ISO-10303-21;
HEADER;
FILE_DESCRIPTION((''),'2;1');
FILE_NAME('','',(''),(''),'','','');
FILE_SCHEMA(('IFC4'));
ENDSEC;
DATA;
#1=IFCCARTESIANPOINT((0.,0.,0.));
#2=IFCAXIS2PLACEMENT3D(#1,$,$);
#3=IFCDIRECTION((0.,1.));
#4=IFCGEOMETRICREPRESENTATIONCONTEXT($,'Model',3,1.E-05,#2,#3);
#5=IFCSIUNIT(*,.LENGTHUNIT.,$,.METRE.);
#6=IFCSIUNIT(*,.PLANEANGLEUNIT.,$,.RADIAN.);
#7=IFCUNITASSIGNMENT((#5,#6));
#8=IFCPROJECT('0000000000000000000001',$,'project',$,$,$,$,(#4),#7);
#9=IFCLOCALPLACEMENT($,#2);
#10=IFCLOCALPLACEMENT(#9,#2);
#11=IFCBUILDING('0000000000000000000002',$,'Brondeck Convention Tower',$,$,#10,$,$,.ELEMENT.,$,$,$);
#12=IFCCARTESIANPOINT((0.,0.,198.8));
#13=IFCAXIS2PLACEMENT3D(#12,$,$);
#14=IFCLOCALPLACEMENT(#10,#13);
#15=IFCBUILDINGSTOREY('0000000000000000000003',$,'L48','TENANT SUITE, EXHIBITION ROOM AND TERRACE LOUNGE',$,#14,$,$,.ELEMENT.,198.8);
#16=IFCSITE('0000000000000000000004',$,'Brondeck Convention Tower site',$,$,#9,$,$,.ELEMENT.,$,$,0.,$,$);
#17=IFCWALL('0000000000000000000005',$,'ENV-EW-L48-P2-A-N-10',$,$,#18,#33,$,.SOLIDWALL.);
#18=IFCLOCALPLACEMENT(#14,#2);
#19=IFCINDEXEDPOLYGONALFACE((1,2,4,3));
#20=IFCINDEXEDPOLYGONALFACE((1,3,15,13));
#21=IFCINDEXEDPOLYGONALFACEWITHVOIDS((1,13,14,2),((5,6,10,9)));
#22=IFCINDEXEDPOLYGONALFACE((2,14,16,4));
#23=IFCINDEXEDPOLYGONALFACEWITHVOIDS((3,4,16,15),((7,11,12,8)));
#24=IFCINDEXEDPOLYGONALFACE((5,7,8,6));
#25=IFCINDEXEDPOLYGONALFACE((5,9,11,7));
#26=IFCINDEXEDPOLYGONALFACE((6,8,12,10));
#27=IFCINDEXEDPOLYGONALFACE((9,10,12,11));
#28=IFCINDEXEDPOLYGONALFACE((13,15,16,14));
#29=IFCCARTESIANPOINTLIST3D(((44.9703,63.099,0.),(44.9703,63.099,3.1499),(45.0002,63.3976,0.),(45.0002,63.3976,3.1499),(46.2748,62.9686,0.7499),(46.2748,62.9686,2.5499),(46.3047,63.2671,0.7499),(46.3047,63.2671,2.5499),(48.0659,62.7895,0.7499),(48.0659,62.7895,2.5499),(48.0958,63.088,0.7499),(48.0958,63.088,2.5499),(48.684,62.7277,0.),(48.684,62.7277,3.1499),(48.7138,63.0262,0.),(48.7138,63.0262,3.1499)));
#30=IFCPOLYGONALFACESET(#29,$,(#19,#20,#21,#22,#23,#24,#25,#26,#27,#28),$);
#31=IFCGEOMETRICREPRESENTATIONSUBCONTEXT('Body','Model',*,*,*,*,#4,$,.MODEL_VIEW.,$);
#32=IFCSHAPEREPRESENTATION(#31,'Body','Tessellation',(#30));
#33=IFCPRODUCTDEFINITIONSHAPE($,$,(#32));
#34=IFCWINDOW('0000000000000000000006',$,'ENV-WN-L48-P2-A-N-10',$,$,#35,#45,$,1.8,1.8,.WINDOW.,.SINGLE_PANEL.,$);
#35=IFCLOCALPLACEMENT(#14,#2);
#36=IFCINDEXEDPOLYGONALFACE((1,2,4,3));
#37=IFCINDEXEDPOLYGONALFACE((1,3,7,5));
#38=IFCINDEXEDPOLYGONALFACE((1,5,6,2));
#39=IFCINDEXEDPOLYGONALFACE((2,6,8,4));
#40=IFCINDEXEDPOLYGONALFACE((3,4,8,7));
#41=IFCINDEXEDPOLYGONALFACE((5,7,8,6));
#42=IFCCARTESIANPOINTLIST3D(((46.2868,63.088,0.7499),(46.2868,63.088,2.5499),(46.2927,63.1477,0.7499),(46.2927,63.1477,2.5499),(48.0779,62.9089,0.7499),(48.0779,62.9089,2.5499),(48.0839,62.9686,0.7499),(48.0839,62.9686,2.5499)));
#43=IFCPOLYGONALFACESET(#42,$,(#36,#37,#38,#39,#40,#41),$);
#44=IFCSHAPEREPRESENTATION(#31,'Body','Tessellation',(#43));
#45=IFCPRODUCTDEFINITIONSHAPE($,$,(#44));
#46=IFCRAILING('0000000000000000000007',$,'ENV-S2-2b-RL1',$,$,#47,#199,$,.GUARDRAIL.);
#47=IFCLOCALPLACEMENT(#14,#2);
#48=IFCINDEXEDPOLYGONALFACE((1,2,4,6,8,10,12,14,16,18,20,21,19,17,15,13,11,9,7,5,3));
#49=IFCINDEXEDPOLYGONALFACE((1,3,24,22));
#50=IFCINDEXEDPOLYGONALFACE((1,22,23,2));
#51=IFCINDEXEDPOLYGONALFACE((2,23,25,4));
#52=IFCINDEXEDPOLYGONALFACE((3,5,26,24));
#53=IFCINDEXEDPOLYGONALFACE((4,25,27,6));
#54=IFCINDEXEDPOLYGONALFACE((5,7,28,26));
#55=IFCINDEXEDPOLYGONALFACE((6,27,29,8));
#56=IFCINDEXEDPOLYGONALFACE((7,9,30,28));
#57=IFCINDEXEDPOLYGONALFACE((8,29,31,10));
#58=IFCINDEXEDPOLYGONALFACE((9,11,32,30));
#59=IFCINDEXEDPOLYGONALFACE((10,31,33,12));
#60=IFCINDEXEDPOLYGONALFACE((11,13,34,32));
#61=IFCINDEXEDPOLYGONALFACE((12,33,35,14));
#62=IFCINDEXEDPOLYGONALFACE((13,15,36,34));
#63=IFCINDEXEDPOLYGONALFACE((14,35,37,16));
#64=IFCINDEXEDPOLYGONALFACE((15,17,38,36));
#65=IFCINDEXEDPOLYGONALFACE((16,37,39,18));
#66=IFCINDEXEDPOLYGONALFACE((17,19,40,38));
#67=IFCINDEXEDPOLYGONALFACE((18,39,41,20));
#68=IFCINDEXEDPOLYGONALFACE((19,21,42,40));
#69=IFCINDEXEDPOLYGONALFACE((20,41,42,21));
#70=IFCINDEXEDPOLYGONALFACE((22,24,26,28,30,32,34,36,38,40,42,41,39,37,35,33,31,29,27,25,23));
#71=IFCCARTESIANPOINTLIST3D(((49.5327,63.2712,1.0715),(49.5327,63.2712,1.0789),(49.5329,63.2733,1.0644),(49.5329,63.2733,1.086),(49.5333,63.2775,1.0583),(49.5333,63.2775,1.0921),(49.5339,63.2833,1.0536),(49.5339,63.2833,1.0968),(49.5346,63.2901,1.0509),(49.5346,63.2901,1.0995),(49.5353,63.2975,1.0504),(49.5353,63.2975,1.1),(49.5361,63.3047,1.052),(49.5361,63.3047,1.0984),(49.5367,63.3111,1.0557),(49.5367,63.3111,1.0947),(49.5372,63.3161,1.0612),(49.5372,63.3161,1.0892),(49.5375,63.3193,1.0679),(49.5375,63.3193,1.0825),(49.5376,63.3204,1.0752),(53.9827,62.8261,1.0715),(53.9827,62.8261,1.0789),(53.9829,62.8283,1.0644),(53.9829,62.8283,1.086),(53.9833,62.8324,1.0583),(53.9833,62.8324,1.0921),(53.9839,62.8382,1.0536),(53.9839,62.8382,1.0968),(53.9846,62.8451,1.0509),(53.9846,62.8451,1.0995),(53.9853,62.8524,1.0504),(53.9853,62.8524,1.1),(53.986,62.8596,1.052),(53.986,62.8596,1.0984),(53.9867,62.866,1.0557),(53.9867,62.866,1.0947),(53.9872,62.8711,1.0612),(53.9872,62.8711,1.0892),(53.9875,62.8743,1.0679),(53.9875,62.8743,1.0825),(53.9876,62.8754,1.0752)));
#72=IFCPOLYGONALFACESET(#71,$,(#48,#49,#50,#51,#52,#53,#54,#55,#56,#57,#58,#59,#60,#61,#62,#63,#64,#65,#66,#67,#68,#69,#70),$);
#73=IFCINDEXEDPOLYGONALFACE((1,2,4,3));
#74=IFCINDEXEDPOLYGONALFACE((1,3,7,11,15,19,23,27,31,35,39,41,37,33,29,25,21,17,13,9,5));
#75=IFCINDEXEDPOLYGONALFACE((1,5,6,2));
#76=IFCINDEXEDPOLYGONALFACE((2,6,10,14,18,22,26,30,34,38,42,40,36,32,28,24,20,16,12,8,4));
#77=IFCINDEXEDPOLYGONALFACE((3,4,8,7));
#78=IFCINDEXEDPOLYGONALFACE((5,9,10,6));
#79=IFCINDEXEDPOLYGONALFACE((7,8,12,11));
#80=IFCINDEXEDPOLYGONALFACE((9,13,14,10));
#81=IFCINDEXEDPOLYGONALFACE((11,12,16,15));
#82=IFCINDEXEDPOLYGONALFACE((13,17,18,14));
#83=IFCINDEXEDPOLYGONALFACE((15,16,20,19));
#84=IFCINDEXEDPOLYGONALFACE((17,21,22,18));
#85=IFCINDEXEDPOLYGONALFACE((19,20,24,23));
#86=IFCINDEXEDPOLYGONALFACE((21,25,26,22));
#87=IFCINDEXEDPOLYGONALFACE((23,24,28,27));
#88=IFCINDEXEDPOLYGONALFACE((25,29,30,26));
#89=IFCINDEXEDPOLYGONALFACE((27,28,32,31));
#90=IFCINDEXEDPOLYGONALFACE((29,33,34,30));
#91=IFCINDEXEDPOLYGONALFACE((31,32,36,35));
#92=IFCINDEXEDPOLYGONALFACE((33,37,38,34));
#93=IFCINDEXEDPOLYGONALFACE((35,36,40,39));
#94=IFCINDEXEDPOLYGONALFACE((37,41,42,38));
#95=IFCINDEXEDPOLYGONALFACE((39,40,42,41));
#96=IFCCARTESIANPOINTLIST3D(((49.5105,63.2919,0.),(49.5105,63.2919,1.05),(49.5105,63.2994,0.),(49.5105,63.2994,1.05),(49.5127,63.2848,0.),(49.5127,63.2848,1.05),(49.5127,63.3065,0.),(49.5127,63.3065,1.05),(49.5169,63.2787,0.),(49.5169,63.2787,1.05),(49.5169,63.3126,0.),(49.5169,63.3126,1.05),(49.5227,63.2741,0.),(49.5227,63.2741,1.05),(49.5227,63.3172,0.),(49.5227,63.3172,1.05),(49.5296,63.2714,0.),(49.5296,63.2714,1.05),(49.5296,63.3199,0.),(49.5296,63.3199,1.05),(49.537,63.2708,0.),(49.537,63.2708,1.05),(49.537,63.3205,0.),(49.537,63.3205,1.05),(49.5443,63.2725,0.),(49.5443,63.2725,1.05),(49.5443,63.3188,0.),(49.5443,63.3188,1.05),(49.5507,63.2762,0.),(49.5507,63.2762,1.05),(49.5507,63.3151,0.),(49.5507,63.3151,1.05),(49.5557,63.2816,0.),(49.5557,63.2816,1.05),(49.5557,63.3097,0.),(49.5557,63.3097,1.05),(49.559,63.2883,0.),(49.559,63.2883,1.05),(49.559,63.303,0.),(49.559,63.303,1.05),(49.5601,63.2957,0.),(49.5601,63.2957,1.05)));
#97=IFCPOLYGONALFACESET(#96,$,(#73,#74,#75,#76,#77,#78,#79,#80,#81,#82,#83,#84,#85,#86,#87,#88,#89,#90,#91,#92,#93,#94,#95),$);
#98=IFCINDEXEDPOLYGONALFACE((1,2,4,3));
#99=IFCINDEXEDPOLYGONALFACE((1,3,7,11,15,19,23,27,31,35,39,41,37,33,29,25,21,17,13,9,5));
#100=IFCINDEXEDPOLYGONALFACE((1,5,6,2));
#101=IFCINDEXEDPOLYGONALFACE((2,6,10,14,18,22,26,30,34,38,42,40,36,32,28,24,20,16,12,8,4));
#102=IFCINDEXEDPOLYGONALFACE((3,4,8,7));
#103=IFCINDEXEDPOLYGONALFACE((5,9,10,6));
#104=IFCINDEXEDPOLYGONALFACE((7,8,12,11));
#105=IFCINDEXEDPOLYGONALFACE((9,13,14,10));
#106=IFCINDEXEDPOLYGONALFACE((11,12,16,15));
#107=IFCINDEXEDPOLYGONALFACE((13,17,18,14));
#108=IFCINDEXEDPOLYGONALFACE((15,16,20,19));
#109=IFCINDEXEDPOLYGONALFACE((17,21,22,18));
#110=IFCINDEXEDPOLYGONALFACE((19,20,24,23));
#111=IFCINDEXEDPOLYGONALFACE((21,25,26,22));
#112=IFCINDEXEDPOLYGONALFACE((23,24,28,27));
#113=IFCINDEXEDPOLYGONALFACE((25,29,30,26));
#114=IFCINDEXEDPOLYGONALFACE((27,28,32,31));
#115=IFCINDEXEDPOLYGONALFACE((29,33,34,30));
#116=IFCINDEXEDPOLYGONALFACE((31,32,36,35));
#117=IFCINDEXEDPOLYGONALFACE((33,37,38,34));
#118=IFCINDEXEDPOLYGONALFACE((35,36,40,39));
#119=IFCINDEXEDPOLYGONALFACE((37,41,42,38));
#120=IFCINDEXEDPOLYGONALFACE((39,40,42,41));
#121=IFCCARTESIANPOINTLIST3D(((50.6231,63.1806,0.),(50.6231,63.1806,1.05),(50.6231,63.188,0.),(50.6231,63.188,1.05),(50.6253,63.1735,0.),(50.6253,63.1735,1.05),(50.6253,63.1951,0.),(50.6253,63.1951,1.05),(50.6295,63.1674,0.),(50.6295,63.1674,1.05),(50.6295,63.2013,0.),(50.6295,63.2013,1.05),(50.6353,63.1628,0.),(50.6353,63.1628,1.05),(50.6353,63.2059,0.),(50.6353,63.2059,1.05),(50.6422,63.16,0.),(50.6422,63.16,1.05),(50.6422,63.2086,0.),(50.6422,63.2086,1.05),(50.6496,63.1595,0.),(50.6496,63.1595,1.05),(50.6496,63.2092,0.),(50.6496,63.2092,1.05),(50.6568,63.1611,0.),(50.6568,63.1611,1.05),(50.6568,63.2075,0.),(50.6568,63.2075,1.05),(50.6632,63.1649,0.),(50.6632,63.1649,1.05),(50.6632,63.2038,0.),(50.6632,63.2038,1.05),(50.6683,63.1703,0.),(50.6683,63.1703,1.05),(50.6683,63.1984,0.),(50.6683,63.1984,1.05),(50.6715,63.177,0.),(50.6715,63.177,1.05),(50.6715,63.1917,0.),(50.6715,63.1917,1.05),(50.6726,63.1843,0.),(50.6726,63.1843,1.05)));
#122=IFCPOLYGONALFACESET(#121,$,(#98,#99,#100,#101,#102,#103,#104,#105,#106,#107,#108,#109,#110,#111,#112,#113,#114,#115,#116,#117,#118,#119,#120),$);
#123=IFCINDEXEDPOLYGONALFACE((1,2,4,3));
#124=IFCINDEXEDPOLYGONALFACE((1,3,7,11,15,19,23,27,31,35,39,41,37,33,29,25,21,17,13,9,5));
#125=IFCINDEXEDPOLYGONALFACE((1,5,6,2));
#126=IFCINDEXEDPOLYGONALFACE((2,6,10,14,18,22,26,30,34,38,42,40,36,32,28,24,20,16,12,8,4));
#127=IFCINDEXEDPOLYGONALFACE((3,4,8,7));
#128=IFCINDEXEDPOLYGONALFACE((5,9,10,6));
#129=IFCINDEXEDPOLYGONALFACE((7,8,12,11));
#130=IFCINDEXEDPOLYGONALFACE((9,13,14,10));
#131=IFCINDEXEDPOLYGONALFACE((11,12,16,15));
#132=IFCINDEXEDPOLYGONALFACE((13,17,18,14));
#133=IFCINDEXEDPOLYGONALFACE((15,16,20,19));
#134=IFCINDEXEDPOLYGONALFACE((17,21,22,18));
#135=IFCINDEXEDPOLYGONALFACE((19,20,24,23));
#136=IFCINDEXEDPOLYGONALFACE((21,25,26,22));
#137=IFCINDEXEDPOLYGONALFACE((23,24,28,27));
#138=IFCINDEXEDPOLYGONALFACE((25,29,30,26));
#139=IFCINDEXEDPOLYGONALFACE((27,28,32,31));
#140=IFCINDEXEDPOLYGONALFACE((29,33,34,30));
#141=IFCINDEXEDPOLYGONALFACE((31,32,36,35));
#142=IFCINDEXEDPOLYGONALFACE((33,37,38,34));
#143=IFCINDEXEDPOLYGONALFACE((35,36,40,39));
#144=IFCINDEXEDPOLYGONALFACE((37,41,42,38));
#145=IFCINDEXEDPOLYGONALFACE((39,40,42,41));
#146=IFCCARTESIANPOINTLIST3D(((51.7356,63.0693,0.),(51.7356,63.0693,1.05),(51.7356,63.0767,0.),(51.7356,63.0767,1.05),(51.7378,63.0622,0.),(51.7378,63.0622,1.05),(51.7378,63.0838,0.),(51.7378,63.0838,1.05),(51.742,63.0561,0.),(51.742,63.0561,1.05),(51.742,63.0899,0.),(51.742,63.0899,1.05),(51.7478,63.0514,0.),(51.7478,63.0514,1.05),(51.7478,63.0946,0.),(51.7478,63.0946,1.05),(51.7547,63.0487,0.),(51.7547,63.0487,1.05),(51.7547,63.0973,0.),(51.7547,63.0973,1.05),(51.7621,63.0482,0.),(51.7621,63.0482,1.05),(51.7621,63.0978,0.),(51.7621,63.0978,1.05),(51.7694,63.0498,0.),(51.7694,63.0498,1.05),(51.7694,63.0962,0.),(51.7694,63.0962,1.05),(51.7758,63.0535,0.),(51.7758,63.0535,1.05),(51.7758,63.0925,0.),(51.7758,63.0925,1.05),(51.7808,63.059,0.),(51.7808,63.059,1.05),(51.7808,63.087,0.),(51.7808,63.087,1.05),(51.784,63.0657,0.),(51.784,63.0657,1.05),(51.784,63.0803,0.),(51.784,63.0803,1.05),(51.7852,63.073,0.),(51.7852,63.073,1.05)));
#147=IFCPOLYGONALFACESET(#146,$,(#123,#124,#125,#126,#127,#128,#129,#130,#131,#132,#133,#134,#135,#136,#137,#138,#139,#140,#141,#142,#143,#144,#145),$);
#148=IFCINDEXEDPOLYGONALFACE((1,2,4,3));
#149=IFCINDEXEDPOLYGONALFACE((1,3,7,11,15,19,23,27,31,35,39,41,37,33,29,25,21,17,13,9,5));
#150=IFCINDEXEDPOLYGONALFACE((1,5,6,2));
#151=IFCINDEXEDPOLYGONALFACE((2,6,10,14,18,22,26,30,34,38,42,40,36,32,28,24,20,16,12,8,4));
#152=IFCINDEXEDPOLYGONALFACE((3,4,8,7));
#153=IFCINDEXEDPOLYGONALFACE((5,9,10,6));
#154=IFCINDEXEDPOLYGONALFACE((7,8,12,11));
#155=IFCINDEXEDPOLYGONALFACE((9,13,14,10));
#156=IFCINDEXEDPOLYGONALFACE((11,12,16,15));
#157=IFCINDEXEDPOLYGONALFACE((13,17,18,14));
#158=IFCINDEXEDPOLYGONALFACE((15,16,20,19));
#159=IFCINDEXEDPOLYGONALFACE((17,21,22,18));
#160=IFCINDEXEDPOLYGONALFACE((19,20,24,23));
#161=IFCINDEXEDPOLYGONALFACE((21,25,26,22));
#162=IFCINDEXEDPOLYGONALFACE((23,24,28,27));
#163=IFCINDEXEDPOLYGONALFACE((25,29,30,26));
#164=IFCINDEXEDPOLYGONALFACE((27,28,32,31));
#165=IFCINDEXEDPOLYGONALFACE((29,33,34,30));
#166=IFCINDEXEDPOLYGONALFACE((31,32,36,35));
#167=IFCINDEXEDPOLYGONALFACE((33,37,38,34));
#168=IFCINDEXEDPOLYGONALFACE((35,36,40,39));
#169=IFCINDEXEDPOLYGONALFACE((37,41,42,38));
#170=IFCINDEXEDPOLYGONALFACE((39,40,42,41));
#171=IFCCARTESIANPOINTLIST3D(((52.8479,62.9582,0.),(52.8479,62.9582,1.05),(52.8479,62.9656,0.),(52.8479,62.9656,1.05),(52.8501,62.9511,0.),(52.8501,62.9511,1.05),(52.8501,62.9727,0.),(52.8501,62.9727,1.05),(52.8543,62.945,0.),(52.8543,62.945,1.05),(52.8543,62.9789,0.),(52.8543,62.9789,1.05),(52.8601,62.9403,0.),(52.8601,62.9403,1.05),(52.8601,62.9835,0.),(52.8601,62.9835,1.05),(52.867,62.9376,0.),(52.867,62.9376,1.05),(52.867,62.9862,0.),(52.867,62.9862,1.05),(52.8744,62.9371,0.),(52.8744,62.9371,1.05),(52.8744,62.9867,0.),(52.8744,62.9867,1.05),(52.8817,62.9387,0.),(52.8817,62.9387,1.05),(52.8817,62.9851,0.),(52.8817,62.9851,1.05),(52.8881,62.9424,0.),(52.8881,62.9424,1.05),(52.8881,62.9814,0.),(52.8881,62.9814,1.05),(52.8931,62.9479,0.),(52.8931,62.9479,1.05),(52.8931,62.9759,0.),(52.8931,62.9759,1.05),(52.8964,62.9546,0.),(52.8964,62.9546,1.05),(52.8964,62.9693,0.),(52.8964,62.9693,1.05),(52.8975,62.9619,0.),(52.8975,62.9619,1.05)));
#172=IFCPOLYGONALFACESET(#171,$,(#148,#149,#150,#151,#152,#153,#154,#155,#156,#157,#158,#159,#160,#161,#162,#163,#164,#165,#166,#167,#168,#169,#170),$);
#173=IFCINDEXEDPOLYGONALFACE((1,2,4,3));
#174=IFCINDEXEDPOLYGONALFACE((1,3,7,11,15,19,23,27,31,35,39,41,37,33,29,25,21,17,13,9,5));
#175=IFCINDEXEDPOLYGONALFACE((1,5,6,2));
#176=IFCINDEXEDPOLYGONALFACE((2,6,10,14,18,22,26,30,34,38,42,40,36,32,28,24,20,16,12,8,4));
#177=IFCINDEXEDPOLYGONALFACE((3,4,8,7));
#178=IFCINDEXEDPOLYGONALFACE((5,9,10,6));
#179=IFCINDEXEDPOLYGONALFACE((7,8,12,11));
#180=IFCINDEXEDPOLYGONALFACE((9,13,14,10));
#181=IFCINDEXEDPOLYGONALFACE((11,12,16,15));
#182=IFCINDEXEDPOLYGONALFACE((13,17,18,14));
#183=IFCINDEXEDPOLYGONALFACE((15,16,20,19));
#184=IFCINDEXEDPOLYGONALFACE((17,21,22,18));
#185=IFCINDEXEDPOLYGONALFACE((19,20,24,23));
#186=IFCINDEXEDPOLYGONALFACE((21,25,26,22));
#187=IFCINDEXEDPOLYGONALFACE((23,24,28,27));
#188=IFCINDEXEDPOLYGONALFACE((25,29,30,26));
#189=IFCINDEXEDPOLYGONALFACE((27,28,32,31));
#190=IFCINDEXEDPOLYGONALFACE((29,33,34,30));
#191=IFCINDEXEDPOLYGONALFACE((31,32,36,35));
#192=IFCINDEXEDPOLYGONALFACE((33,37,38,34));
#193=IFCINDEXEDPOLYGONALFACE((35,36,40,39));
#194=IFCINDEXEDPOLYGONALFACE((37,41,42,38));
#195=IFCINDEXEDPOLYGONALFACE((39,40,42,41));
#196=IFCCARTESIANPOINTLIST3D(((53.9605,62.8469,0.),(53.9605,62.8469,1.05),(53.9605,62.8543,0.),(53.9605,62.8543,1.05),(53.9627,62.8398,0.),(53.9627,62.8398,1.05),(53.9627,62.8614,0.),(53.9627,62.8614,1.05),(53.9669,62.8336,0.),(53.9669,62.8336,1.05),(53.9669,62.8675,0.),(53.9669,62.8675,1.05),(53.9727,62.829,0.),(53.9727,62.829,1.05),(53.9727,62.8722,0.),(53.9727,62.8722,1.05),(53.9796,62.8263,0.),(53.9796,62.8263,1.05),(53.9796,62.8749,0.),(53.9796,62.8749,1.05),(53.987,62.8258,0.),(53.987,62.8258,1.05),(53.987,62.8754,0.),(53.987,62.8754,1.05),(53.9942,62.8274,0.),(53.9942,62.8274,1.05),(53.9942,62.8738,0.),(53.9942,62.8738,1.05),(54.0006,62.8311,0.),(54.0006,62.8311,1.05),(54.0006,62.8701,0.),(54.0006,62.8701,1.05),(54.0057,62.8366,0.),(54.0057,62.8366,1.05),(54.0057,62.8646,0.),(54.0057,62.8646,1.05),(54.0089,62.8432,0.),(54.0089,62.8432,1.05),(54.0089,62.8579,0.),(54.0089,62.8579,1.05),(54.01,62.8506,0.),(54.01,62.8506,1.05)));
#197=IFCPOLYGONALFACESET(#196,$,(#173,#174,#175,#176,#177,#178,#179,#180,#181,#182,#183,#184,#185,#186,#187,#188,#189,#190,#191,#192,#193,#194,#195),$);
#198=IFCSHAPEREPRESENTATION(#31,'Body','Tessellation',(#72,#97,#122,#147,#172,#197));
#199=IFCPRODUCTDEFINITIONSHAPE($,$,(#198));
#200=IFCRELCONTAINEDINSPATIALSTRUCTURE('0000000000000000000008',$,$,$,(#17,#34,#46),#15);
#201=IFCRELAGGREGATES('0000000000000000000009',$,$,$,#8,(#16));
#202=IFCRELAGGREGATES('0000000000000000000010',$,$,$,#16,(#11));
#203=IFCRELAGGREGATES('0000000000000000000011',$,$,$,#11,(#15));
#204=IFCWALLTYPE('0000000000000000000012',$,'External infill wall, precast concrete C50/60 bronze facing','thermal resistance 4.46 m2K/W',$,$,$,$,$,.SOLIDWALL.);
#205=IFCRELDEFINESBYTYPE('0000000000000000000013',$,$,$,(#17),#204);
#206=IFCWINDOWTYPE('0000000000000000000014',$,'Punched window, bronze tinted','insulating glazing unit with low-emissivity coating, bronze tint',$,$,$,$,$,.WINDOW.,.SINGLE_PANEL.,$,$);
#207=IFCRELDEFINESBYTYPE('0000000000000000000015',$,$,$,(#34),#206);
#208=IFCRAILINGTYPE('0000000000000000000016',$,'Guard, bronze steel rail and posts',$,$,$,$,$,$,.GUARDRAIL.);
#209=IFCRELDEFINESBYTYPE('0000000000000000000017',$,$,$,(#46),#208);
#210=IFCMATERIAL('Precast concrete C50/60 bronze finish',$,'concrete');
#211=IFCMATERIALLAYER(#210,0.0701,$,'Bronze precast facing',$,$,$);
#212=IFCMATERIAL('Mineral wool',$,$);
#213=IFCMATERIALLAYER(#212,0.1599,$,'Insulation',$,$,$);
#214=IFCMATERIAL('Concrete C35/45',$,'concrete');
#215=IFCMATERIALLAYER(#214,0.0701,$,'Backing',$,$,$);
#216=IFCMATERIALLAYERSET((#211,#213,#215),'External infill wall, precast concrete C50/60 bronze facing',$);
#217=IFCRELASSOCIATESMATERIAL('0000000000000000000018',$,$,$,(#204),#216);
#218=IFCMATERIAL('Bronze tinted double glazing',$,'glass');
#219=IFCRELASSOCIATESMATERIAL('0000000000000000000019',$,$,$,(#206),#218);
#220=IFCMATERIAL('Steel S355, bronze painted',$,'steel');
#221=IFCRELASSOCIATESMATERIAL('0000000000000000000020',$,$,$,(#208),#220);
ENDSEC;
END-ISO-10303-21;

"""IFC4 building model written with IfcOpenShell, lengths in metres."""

from ifc_helpers import new_model, si_unit, direction, frame, frame_2d, origin, origin_2d, place, context, subcontext, project, spatial, rectangle, circle, extrude, material, layer, layer_set, type_object, element, fill, save


model = new_model("IFC4")

# Units and contexts
model_context = context("Model", 3, precision=1e-05, world=origin(), true_north=direction((0.0, 1.0)))
body_context = subcontext(model_context, "Body", "Model", "MODEL_VIEW")
ifc_project = project(units=[si_unit("LENGTHUNIT", "METRE"), si_unit("PLANEANGLEUNIT", "RADIAN")], contexts=[model_context])

# Site, building, storey
site_placement = place(None, origin())
site = spatial("IfcSite", under=ifc_project, at=site_placement, Name="Brondeck Convention Tower site", CompositionType="ELEMENT", RefElevation=0.0)
building_placement = place(site_placement, origin())
building = spatial("IfcBuilding", under=site, at=building_placement, Name="Brondeck Convention Tower", CompositionType="ELEMENT")
storey_placement = place(building_placement, frame((0.0, 0.0, 198.8)))
storey = spatial("IfcBuildingStorey", under=building, at=storey_placement, Name="L48", Description="TENANT SUITE, EXHIBITION ROOM AND TERRACE LOUNGE", CompositionType="ELEMENT", Elevation=198.8)

# Shared definitions
ifc_material_1 = material(Name="Precast concrete C50/60 bronze finish", Category="concrete")
ifc_layer_1 = layer(ifc_material_1, 0.0701, Name="Bronze precast facing")
ifc_material_2 = material(Name="Mineral wool")
ifc_layer_2 = layer(ifc_material_2, 0.1599, Name="Insulation")
ifc_material_3 = material(Name="Concrete C35/45", Category="concrete")
ifc_layer_3 = layer(ifc_material_3, 0.0701, Name="Backing")
ifc_layer_set_1 = layer_set([ifc_layer_1, ifc_layer_2, ifc_layer_3], Name="External infill wall, precast concrete C50/60 bronze facing")
wall_type = type_object("IfcWallType", Name="External infill wall, precast concrete C50/60 bronze facing", Description="thermal resistance 4.46 m2K/W", PredefinedType="SOLIDWALL", material=ifc_layer_set_1)

# Wall, opening, window
wall_1_placement = place(storey_placement, frame((44.9851, 63.2483, 0.0), z_axis=(0.0, 0.0, 1.0), x_axis=(0.995038, -0.099497, 0.0)))
wall_1 = element("IfcWall", 1, at=wall_1_placement, inside=storey, type_object=wall_type, Name="ENV-EW-L48-P2-A-N-10", PredefinedType="SOLIDWALL", context=body_context, shape_type="SweptSolid", body=[
    extrude(rectangle(XDim=3.7322, YDim=0.3, at=frame_2d((1.8662, 0.0))), origin(), (0.0, 0.0, 1.0), 3.1499),
])
opening_placement = place(wall_1_placement, frame((1.3113, 0.0, 0.75)))
opening = element("IfcOpeningElement", 2, at=opening_placement, cuts=wall_1, PredefinedType="OPENING", context=body_context, shape_type="SweptSolid", body=[
    extrude(rectangle(XDim=1.8, YDim=1.8, at=frame_2d((0.8999, 0.8999))), frame((0.0, 0.1599, 0.0), z_axis=(0.0, -1.0, 0.0), x_axis=(1.0, 0.0, 0.0)), (0.0, 0.0, 1.0), 0.3201),
])
ifc_material_4 = material(Name="Bronze tinted double glazing", Category="glass")
window_type = type_object("IfcWindowType", Name="Punched window, bronze tinted", Description="insulating glazing unit with low-emissivity coating, bronze tint", PartitioningType="SINGLE_PANEL", PredefinedType="WINDOW", material=ifc_material_4)
window_placement = place(opening_placement, origin())
window = element("IfcWindow", 3, at=window_placement, inside=storey, type_object=window_type, Name="ENV-WN-L48-P2-A-N-10", OverallHeight=1.8, OverallWidth=1.8, PartitioningType="SINGLE_PANEL", PredefinedType="WINDOW", context=body_context, shape_type="SweptSolid", body=[
    extrude(rectangle(XDim=1.8, YDim=1.8, at=frame_2d((0.8999, 0.8999))), frame((0.0, 0.03, 0.0), z_axis=(0.0, -1.0, 0.0), x_axis=(1.0, 0.0, 0.0)), (0.0, 0.0, 1.0), 0.0601),
])
fill(opening, window)

# Railing
ifc_material_5 = material(Name="Steel S355, bronze painted", Category="steel")
railing_type = type_object("IfcRailingType", Name="Guard, bronze steel rail and posts", PredefinedType="GUARDRAIL", material=ifc_material_5)
railing_1_placement = place(storey_placement, frame((49.5352, 63.2957, 0.0)))
element("IfcRailing", 4, at=railing_1_placement, inside=storey, type_object=railing_type, Name="ENV-S2-2b-RL1", PredefinedType="GUARDRAIL", context=body_context, shape_type="SweptSolid", body=[
    extrude(circle(Radius=0.0249, at=origin_2d()), frame((0.0, 0.0, 1.0752), z_axis=(0.995036, -0.09952, 0.0), x_axis=(0.09952, 0.995036, 0.0)), (0.0, 0.0, 1.0), 4.4722),
    extrude(circle(Radius=0.0249, at=origin_2d()), origin(), (0.0, 0.0, 1.0), 1.05),
    extrude(circle(Radius=0.0249, at=origin_2d()), frame((1.1125, -0.1113, 0.0)), (0.0, 0.0, 1.0), 1.05),
    extrude(circle(Radius=0.0249, at=origin_2d()), frame((2.2251, -0.2227, 0.0)), (0.0, 0.0, 1.0), 1.05),
    extrude(circle(Radius=0.0249, at=origin_2d()), frame((3.3374, -0.3337, 0.0)), (0.0, 0.0, 1.0), 1.05),
    extrude(circle(Radius=0.0249, at=origin_2d()), frame((4.45, -0.4451, 0.0)), (0.0, 0.0, 1.0), 1.05),
])

save(model, "model.ifc")
